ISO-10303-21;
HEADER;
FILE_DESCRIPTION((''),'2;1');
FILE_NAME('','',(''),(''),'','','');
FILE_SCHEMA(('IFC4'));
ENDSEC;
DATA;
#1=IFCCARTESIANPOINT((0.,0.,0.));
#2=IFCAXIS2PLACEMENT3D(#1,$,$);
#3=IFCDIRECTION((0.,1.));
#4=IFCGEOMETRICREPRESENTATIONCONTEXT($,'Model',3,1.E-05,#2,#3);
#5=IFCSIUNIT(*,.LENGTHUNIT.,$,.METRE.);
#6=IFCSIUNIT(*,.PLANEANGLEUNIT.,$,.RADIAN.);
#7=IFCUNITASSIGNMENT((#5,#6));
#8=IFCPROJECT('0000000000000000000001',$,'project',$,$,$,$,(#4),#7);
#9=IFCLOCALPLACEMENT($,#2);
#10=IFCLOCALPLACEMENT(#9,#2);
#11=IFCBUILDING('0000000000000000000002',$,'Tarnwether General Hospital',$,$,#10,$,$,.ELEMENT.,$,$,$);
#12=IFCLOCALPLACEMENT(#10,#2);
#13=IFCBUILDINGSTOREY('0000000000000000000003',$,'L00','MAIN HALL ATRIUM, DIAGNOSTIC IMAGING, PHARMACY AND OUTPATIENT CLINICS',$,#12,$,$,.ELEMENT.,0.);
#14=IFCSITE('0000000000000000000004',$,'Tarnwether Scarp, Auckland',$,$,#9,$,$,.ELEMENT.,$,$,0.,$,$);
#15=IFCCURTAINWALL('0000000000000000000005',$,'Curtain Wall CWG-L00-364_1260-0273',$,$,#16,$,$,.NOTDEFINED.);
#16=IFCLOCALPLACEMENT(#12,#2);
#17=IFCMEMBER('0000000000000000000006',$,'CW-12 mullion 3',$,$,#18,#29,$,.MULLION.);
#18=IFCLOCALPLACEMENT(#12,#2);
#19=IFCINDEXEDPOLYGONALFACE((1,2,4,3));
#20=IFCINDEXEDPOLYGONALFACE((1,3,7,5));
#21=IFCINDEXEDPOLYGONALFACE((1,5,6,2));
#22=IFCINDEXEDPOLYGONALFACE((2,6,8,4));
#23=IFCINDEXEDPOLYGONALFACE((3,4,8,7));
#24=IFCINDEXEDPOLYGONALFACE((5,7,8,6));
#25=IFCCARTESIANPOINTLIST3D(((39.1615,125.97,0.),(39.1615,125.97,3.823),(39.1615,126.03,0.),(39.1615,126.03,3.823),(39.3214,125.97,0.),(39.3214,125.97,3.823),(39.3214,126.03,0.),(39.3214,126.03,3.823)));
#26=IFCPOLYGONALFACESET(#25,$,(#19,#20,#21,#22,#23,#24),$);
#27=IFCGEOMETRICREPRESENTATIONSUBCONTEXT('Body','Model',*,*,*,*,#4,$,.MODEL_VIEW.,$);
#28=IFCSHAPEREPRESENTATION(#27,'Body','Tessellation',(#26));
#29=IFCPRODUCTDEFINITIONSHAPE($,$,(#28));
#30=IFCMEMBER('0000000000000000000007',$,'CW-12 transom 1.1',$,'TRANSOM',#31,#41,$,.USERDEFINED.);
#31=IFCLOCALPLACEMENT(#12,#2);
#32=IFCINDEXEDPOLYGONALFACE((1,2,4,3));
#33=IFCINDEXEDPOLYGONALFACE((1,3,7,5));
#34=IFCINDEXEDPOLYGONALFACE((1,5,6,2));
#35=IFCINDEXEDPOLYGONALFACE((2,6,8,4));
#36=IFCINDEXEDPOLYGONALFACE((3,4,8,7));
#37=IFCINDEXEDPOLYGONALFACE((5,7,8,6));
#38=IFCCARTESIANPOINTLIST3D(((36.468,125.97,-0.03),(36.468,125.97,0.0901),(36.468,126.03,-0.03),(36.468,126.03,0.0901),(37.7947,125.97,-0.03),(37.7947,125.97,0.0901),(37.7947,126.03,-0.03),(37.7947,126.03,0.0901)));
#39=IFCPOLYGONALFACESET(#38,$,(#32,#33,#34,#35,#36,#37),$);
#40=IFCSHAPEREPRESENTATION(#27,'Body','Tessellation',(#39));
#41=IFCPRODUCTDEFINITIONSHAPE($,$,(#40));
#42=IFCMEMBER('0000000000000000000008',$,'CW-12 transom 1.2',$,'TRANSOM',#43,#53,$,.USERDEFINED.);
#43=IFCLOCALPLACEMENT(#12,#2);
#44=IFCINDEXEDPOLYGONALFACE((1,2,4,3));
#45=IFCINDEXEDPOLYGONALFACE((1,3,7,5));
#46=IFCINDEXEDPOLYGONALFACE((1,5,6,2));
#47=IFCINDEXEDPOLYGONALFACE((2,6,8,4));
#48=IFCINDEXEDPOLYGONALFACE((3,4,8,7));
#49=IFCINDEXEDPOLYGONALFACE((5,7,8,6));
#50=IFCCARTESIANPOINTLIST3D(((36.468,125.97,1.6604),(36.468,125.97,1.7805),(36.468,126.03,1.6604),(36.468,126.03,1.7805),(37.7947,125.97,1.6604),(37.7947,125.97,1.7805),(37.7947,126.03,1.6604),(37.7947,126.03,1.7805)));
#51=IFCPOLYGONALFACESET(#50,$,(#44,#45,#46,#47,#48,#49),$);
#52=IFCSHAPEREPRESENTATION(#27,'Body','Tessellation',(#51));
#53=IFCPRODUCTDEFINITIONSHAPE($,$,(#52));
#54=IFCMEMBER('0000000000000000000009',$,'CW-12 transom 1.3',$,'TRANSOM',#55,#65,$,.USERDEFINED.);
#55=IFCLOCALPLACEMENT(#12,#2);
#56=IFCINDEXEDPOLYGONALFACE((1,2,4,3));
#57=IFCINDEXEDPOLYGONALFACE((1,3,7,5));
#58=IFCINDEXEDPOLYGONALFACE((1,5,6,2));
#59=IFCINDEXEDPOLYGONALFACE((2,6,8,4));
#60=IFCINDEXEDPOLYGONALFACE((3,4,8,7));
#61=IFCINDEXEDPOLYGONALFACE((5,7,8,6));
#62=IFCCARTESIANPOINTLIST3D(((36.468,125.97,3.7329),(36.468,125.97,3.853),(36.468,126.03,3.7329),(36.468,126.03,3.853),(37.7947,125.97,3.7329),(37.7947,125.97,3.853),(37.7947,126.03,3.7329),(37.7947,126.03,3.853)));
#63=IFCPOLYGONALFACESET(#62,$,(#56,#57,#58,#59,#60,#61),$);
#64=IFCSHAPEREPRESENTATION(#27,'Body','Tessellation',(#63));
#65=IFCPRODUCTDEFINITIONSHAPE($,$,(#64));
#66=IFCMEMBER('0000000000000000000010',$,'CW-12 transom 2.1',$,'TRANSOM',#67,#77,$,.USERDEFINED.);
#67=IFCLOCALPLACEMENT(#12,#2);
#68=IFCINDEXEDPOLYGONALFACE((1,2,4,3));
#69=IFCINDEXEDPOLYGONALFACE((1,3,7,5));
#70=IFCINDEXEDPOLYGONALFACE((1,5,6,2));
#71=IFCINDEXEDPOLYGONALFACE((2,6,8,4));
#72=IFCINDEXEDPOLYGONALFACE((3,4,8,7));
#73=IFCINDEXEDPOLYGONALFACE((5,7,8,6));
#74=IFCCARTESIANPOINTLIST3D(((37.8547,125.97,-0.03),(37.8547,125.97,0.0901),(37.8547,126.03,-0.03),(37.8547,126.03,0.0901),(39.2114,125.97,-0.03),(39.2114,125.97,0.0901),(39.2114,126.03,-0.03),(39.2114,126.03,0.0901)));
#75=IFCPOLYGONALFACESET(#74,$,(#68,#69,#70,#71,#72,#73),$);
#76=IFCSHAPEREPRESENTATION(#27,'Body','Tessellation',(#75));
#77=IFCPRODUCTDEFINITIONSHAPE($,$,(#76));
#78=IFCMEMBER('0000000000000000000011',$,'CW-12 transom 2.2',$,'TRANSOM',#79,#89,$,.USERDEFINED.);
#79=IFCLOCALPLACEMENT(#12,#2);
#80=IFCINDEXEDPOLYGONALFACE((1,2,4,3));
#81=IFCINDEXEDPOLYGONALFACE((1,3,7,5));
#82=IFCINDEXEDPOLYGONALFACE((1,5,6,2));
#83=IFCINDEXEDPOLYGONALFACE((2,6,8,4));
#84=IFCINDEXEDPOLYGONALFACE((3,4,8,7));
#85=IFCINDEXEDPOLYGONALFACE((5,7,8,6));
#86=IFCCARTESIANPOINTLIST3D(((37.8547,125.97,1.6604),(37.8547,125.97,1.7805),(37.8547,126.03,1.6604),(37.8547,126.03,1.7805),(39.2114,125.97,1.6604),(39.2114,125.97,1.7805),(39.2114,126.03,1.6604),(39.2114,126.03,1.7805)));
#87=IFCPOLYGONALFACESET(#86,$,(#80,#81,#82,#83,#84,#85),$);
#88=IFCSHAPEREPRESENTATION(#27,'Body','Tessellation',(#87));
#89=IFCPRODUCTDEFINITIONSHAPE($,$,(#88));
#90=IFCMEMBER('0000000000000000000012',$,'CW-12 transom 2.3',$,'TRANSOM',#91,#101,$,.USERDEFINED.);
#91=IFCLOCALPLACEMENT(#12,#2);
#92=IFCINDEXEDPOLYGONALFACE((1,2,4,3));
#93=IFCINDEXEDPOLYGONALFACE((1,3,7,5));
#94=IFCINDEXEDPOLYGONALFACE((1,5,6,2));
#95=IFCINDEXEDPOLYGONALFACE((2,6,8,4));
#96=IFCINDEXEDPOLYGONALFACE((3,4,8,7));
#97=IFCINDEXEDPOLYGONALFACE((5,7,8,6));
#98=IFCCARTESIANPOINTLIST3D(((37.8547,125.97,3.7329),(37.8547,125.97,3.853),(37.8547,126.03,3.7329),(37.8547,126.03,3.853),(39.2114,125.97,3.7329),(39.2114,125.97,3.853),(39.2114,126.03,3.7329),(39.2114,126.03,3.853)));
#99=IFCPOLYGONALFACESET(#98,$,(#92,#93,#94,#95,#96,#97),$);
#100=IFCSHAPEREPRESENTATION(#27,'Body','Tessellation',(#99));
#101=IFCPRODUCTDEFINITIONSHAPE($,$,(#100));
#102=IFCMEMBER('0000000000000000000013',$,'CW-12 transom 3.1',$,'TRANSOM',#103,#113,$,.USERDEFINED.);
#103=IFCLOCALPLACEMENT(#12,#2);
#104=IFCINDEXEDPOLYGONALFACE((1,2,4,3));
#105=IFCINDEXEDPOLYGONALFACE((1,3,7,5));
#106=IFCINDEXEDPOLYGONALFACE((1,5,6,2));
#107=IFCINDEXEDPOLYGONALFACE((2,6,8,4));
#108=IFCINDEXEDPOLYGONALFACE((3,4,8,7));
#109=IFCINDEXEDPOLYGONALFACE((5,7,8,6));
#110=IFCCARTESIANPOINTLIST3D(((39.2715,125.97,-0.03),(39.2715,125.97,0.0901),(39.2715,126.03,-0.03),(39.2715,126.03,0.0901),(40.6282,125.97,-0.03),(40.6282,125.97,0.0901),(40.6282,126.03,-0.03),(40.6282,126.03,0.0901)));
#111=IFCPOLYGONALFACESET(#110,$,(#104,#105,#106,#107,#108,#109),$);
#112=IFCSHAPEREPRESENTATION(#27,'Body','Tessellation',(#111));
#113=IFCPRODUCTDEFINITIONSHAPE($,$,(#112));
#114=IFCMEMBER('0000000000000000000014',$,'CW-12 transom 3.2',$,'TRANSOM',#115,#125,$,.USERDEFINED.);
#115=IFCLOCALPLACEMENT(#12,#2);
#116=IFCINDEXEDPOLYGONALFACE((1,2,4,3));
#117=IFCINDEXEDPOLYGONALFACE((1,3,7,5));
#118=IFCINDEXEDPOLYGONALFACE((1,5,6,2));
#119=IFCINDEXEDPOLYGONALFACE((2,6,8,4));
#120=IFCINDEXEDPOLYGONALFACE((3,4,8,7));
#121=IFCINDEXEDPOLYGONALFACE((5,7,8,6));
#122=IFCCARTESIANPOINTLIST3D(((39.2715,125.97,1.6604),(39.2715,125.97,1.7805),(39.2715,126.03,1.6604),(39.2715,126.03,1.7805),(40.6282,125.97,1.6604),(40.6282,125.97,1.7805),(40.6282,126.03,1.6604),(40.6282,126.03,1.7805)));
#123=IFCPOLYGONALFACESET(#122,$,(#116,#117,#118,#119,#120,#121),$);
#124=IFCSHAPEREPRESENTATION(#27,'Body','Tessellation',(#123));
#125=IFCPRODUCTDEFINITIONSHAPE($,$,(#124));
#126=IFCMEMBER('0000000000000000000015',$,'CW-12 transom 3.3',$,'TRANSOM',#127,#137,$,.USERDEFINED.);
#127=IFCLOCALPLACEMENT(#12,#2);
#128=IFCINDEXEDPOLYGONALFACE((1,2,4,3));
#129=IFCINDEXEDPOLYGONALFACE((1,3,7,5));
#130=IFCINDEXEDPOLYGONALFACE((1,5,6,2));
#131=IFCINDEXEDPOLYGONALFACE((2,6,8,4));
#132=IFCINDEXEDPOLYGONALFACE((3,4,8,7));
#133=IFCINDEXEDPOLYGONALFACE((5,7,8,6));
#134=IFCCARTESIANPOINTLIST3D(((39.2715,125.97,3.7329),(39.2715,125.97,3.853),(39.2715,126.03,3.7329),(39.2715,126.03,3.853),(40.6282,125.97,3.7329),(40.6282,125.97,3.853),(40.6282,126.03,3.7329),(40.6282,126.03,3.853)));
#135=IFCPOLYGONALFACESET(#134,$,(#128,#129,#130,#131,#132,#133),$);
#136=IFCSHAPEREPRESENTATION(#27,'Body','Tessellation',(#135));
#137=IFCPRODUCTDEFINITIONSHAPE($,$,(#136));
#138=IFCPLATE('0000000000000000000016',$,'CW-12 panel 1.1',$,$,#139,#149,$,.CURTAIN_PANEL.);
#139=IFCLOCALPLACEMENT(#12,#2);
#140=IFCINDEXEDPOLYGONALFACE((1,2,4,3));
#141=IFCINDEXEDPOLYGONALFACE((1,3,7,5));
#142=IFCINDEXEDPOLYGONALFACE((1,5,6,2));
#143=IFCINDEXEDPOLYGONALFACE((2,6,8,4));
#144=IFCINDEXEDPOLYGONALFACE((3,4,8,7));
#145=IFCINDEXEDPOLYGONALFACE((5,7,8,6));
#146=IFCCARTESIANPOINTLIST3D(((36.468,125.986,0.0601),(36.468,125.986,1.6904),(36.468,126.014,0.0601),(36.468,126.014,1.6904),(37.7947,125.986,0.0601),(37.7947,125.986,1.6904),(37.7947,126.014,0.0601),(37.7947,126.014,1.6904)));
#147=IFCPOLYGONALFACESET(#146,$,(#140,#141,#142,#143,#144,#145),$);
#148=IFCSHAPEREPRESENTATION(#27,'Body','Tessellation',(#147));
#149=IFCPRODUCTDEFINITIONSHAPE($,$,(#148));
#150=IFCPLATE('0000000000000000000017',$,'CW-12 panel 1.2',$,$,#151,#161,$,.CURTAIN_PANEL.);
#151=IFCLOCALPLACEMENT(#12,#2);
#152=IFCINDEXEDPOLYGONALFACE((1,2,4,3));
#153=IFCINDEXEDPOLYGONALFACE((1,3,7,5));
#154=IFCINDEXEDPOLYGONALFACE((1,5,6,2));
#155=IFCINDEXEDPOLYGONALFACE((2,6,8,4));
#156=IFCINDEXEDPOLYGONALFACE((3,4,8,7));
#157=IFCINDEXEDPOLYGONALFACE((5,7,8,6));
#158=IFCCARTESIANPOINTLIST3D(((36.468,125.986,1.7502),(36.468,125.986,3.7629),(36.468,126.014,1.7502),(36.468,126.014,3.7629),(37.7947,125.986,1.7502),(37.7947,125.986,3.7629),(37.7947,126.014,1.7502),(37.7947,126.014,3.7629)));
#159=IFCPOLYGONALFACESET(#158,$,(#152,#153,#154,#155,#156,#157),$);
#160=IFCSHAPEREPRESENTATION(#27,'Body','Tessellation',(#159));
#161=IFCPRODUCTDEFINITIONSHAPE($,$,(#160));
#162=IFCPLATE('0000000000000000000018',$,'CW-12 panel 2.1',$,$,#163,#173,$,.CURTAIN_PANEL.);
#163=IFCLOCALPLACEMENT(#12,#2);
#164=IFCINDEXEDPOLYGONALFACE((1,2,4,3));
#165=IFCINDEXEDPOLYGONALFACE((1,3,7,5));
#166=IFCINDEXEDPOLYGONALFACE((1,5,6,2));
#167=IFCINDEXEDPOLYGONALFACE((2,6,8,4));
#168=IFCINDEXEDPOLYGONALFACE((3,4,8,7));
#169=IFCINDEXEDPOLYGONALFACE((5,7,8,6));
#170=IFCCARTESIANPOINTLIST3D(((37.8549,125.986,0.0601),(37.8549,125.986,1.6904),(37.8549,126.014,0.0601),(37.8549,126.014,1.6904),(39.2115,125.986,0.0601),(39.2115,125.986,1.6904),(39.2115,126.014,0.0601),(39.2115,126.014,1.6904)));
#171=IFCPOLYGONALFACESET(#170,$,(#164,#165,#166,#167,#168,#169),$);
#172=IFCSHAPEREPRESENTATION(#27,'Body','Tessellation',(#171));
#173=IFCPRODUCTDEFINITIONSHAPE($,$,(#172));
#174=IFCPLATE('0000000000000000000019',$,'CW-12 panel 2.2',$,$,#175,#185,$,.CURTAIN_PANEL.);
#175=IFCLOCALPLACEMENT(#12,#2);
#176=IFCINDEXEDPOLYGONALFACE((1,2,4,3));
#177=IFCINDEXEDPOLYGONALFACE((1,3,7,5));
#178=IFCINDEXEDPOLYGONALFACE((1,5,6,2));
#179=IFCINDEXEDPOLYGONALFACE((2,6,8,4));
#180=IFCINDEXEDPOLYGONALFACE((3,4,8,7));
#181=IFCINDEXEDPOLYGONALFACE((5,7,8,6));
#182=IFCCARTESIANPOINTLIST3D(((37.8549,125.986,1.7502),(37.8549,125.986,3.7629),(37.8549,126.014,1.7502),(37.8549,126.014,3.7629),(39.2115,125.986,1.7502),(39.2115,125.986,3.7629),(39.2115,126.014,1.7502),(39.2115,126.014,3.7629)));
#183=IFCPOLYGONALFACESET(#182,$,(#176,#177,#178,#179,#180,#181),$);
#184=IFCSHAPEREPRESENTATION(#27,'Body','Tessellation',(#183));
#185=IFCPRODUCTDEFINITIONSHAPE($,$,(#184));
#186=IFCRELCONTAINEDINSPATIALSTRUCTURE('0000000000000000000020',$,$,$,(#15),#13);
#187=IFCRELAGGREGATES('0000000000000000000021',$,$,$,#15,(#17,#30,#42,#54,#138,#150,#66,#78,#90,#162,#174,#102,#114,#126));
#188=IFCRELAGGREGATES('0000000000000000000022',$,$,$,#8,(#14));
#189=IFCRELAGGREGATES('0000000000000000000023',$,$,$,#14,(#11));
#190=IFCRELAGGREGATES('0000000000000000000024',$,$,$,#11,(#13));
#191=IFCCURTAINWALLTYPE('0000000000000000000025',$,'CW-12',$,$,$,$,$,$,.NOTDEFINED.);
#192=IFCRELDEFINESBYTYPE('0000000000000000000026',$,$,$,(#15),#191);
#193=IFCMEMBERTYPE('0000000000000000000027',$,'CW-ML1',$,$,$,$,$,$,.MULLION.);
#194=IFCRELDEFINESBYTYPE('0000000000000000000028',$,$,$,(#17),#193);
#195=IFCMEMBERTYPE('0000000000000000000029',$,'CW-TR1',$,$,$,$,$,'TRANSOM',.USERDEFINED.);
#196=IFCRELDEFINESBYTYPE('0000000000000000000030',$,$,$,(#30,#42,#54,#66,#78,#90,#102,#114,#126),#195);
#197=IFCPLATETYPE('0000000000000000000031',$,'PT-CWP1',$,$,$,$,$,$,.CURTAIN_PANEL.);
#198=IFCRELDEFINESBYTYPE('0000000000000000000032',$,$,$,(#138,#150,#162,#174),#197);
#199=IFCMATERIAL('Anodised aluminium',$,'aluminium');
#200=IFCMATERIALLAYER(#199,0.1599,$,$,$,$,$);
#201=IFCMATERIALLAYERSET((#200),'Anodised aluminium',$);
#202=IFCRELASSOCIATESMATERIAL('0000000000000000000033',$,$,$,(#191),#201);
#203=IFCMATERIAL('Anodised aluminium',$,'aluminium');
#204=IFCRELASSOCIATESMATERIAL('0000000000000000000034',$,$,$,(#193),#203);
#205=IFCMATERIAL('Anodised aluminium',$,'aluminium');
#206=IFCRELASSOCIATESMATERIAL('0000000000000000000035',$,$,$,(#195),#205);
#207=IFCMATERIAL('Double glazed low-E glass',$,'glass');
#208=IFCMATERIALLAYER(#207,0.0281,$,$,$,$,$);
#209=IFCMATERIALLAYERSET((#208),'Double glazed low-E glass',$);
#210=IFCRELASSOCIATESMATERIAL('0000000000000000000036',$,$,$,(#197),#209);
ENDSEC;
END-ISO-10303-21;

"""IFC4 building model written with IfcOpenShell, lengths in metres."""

from ifc_helpers import new_model, si_unit, direction, frame, origin, origin_2d, place, context, subcontext, project, spatial, rectangle, extrude, material, layer, layer_set, material_profile, profile_set, type_object, element, aggregate, save


model = new_model("IFC4")

# Units and contexts
model_context = context("Model", 3, precision=1e-05, world=origin(), true_north=direction((0.0, 1.0)))
body_context = subcontext(model_context, "Body", "Model", "MODEL_VIEW")
ifc_project = project(units=[si_unit("LENGTHUNIT", "METRE"), si_unit("PLANEANGLEUNIT", "RADIAN")], contexts=[model_context])

# Site, building, storey
site_placement = place(None, origin())
site = spatial("IfcSite", under=ifc_project, at=site_placement, Name="Tarnwether Scarp, Auckland", CompositionType="ELEMENT", RefElevation=0.0)
building_placement = place(site_placement, origin())
building = spatial("IfcBuilding", under=site, at=building_placement, Name="Tarnwether General Hospital", CompositionType="ELEMENT")
storey_placement = place(building_placement, origin())
storey = spatial("IfcBuildingStorey", under=building, at=storey_placement, Name="L00", Description="MAIN HALL ATRIUM, DIAGNOSTIC IMAGING, PHARMACY AND OUTPATIENT CLINICS", CompositionType="ELEMENT", Elevation=0.0)

# Curtain wall, members, plates
ifc_material_1 = material(Name="Anodised aluminium", Category="aluminium")
ifc_layer_1 = layer(ifc_material_1, 0.1599)
ifc_layer_set_1 = layer_set([ifc_layer_1], Name="Anodised aluminium")
curtain_wall_type = type_object("IfcCurtainWallType", Name="CW-12", PredefinedType="NOTDEFINED", material=ifc_layer_set_1)
curtain_wall_placement = place(storey_placement, origin())
curtain_wall = element("IfcCurtainWall", 1, at=curtain_wall_placement, inside=storey, type_object=curtain_wall_type, Name="Curtain Wall CWG-L00-364_1260-0273", PredefinedType="NOTDEFINED")
ifc_material_2 = material(Name="Anodised aluminium", Category="aluminium")
ifc_material_profile_1 = material_profile(ifc_material_2, rectangle(XDim=0.0601, YDim=0.1599, at=origin_2d()), Name="ALU-MUL-60x160")
ifc_profile_set_1 = profile_set([ifc_material_profile_1], Name="Anodised aluminium")
member_type_1 = type_object("IfcMemberType", Name="CW-ML1", PredefinedType="MULLION", material=ifc_profile_set_1)
member_1_placement = place(storey_placement, frame((39.2415, 126.0, 0.0), z_axis=(0.0, 0.0, 1.0), x_axis=(0.0, 1.0, 0.0)))
member_1 = element("IfcMember", 2, at=member_1_placement, type_object=member_type_1, Name="CW-12 mullion 3", PredefinedType="MULLION", context=body_context, shape_type="SweptSolid", body=[
    extrude(rectangle(XDim=0.0601, YDim=0.1599, at=origin_2d()), origin(), (0.0, 0.0, 1.0), 3.823),
])
ifc_material_3 = material(Name="Anodised aluminium", Category="aluminium")
ifc_material_profile_2 = material_profile(ifc_material_3, rectangle(XDim=0.0601, YDim=0.1201, at=origin_2d()), Name="ALU-TRN-60x120")
ifc_profile_set_2 = profile_set([ifc_material_profile_2], Name="Anodised aluminium")
member_type_2 = type_object("IfcMemberType", Name="CW-TR1", ElementType="TRANSOM", PredefinedType="USERDEFINED", material=ifc_profile_set_2)
member_2_placement = place(storey_placement, frame((36.468, 126.0, 0.03), z_axis=(1.0, 0.0, 0.0), x_axis=(0.0, 1.0, 0.0)))
member_2 = element("IfcMember", 3, at=member_2_placement, type_object=member_type_2, Name="CW-12 transom 1.1", ObjectType="TRANSOM", PredefinedType="USERDEFINED", context=body_context, shape_type="SweptSolid", body=[
    extrude(rectangle(XDim=0.0601, YDim=0.1201, at=origin_2d()), origin(), (0.0, 0.0, 1.0), 1.3267),
])
member_3_placement = place(storey_placement, frame((36.468, 126.0, 1.7205), z_axis=(1.0, 0.0, 0.0), x_axis=(0.0, 1.0, 0.0)))
member_3 = element("IfcMember", 4, at=member_3_placement, type_object=member_type_2, Name="CW-12 transom 1.2", ObjectType="TRANSOM", PredefinedType="USERDEFINED", context=body_context, shape_type="SweptSolid", body=[
    extrude(rectangle(XDim=0.0601, YDim=0.1201, at=origin_2d()), origin(), (0.0, 0.0, 1.0), 1.3267),
])
member_4_placement = place(storey_placement, frame((36.468, 126.0, 3.793), z_axis=(1.0, 0.0, 0.0), x_axis=(0.0, 1.0, 0.0)))
member_4 = element("IfcMember", 5, at=member_4_placement, type_object=member_type_2, Name="CW-12 transom 1.3", ObjectType="TRANSOM", PredefinedType="USERDEFINED", context=body_context, shape_type="SweptSolid", body=[
    extrude(rectangle(XDim=0.0601, YDim=0.1201, at=origin_2d()), origin(), (0.0, 0.0, 1.0), 1.3267),
])
member_5_placement = place(storey_placement, frame((37.8547, 126.0, 0.03), z_axis=(1.0, 0.0, 0.0), x_axis=(0.0, 1.0, 0.0)))
member_5 = element("IfcMember", 6, at=member_5_placement, type_object=member_type_2, Name="CW-12 transom 2.1", ObjectType="TRANSOM", PredefinedType="USERDEFINED", context=body_context, shape_type="SweptSolid", body=[
    extrude(rectangle(XDim=0.0601, YDim=0.1201, at=origin_2d()), origin(), (0.0, 0.0, 1.0), 1.3567),
])
member_6_placement = place(storey_placement, frame((37.8547, 126.0, 1.7205), z_axis=(1.0, 0.0, 0.0), x_axis=(0.0, 1.0, 0.0)))
member_6 = element("IfcMember", 7, at=member_6_placement, type_object=member_type_2, Name="CW-12 transom 2.2", ObjectType="TRANSOM", PredefinedType="USERDEFINED", context=body_context, shape_type="SweptSolid", body=[
    extrude(rectangle(XDim=0.0601, YDim=0.1201, at=origin_2d()), origin(), (0.0, 0.0, 1.0), 1.3567),
])
member_7_placement = place(storey_placement, frame((37.8547, 126.0, 3.793), z_axis=(1.0, 0.0, 0.0), x_axis=(0.0, 1.0, 0.0)))
member_7 = element("IfcMember", 8, at=member_7_placement, type_object=member_type_2, Name="CW-12 transom 2.3", ObjectType="TRANSOM", PredefinedType="USERDEFINED", context=body_context, shape_type="SweptSolid", body=[
    extrude(rectangle(XDim=0.0601, YDim=0.1201, at=origin_2d()), origin(), (0.0, 0.0, 1.0), 1.3567),
])
member_8_placement = place(storey_placement, frame((39.2715, 126.0, 0.03), z_axis=(1.0, 0.0, 0.0), x_axis=(0.0, 1.0, 0.0)))
member_8 = element("IfcMember", 9, at=member_8_placement, type_object=member_type_2, Name="CW-12 transom 3.1", ObjectType="TRANSOM", PredefinedType="USERDEFINED", context=body_context, shape_type="SweptSolid", body=[
    extrude(rectangle(XDim=0.0601, YDim=0.1201, at=origin_2d()), origin(), (0.0, 0.0, 1.0), 1.3567),
])
member_9_placement = place(storey_placement, frame((39.2715, 126.0, 1.7205), z_axis=(1.0, 0.0, 0.0), x_axis=(0.0, 1.0, 0.0)))
member_9 = element("IfcMember", 10, at=member_9_placement, type_object=member_type_2, Name="CW-12 transom 3.2", ObjectType="TRANSOM", PredefinedType="USERDEFINED", context=body_context, shape_type="SweptSolid", body=[
    extrude(rectangle(XDim=0.0601, YDim=0.1201, at=origin_2d()), origin(), (0.0, 0.0, 1.0), 1.3567),
])
member_10_placement = place(storey_placement, frame((39.2715, 126.0, 3.793), z_axis=(1.0, 0.0, 0.0), x_axis=(0.0, 1.0, 0.0)))
member_10 = element("IfcMember", 11, at=member_10_placement, type_object=member_type_2, Name="CW-12 transom 3.3", ObjectType="TRANSOM", PredefinedType="USERDEFINED", context=body_context, shape_type="SweptSolid", body=[
    extrude(rectangle(XDim=0.0601, YDim=0.1201, at=origin_2d()), origin(), (0.0, 0.0, 1.0), 1.3567),
])
ifc_material_4 = material(Name="Double glazed low-E glass", Category="glass")
ifc_layer_2 = layer(ifc_material_4, 0.0281)
ifc_layer_set_2 = layer_set([ifc_layer_2], Name="Double glazed low-E glass")
plate_type = type_object("IfcPlateType", Name="PT-CWP1", PredefinedType="CURTAIN_PANEL", material=ifc_layer_set_2)
plate_1_placement = place(storey_placement, frame((37.1313, 126.0, 0.0601), z_axis=(0.0, 0.0, 1.0), x_axis=(1.0, 0.0, 0.0)))
plate_1 = element("IfcPlate", 12, at=plate_1_placement, type_object=plate_type, Name="CW-12 panel 1.1", PredefinedType="CURTAIN_PANEL", context=body_context, shape_type="SweptSolid", body=[
    extrude(rectangle(XDim=1.3267, YDim=0.0281, at=origin_2d()), origin(), (0.0, 0.0, 1.0), 1.6304),
])
plate_2_placement = place(storey_placement, frame((37.1313, 126.0, 1.7502), z_axis=(0.0, 0.0, 1.0), x_axis=(1.0, 0.0, 0.0)))
plate_2 = element("IfcPlate", 13, at=plate_2_placement, type_object=plate_type, Name="CW-12 panel 1.2", PredefinedType="CURTAIN_PANEL", context=body_context, shape_type="SweptSolid", body=[
    extrude(rectangle(XDim=1.3267, YDim=0.0281, at=origin_2d()), origin(), (0.0, 0.0, 1.0), 2.0127),
])
plate_3_placement = place(storey_placement, frame((38.5332, 126.0, 0.0601), z_axis=(0.0, 0.0, 1.0), x_axis=(1.0, 0.0, 0.0)))
plate_3 = element("IfcPlate", 14, at=plate_3_placement, type_object=plate_type, Name="CW-12 panel 2.1", PredefinedType="CURTAIN_PANEL", context=body_context, shape_type="SweptSolid", body=[
    extrude(rectangle(XDim=1.3567, YDim=0.0281, at=origin_2d()), origin(), (0.0, 0.0, 1.0), 1.6304),
])
plate_4_placement = place(storey_placement, frame((38.5332, 126.0, 1.7502), z_axis=(0.0, 0.0, 1.0), x_axis=(1.0, 0.0, 0.0)))
plate_4 = element("IfcPlate", 15, at=plate_4_placement, type_object=plate_type, Name="CW-12 panel 2.2", PredefinedType="CURTAIN_PANEL", context=body_context, shape_type="SweptSolid", body=[
    extrude(rectangle(XDim=1.3567, YDim=0.0281, at=origin_2d()), origin(), (0.0, 0.0, 1.0), 2.0127),
])
aggregate(curtain_wall, [member_1, member_2, member_3, member_4, plate_1, plate_2, member_5, member_6, member_7, plate_3, plate_4, member_8, member_9, member_10])

save(model, "model.ifc")
